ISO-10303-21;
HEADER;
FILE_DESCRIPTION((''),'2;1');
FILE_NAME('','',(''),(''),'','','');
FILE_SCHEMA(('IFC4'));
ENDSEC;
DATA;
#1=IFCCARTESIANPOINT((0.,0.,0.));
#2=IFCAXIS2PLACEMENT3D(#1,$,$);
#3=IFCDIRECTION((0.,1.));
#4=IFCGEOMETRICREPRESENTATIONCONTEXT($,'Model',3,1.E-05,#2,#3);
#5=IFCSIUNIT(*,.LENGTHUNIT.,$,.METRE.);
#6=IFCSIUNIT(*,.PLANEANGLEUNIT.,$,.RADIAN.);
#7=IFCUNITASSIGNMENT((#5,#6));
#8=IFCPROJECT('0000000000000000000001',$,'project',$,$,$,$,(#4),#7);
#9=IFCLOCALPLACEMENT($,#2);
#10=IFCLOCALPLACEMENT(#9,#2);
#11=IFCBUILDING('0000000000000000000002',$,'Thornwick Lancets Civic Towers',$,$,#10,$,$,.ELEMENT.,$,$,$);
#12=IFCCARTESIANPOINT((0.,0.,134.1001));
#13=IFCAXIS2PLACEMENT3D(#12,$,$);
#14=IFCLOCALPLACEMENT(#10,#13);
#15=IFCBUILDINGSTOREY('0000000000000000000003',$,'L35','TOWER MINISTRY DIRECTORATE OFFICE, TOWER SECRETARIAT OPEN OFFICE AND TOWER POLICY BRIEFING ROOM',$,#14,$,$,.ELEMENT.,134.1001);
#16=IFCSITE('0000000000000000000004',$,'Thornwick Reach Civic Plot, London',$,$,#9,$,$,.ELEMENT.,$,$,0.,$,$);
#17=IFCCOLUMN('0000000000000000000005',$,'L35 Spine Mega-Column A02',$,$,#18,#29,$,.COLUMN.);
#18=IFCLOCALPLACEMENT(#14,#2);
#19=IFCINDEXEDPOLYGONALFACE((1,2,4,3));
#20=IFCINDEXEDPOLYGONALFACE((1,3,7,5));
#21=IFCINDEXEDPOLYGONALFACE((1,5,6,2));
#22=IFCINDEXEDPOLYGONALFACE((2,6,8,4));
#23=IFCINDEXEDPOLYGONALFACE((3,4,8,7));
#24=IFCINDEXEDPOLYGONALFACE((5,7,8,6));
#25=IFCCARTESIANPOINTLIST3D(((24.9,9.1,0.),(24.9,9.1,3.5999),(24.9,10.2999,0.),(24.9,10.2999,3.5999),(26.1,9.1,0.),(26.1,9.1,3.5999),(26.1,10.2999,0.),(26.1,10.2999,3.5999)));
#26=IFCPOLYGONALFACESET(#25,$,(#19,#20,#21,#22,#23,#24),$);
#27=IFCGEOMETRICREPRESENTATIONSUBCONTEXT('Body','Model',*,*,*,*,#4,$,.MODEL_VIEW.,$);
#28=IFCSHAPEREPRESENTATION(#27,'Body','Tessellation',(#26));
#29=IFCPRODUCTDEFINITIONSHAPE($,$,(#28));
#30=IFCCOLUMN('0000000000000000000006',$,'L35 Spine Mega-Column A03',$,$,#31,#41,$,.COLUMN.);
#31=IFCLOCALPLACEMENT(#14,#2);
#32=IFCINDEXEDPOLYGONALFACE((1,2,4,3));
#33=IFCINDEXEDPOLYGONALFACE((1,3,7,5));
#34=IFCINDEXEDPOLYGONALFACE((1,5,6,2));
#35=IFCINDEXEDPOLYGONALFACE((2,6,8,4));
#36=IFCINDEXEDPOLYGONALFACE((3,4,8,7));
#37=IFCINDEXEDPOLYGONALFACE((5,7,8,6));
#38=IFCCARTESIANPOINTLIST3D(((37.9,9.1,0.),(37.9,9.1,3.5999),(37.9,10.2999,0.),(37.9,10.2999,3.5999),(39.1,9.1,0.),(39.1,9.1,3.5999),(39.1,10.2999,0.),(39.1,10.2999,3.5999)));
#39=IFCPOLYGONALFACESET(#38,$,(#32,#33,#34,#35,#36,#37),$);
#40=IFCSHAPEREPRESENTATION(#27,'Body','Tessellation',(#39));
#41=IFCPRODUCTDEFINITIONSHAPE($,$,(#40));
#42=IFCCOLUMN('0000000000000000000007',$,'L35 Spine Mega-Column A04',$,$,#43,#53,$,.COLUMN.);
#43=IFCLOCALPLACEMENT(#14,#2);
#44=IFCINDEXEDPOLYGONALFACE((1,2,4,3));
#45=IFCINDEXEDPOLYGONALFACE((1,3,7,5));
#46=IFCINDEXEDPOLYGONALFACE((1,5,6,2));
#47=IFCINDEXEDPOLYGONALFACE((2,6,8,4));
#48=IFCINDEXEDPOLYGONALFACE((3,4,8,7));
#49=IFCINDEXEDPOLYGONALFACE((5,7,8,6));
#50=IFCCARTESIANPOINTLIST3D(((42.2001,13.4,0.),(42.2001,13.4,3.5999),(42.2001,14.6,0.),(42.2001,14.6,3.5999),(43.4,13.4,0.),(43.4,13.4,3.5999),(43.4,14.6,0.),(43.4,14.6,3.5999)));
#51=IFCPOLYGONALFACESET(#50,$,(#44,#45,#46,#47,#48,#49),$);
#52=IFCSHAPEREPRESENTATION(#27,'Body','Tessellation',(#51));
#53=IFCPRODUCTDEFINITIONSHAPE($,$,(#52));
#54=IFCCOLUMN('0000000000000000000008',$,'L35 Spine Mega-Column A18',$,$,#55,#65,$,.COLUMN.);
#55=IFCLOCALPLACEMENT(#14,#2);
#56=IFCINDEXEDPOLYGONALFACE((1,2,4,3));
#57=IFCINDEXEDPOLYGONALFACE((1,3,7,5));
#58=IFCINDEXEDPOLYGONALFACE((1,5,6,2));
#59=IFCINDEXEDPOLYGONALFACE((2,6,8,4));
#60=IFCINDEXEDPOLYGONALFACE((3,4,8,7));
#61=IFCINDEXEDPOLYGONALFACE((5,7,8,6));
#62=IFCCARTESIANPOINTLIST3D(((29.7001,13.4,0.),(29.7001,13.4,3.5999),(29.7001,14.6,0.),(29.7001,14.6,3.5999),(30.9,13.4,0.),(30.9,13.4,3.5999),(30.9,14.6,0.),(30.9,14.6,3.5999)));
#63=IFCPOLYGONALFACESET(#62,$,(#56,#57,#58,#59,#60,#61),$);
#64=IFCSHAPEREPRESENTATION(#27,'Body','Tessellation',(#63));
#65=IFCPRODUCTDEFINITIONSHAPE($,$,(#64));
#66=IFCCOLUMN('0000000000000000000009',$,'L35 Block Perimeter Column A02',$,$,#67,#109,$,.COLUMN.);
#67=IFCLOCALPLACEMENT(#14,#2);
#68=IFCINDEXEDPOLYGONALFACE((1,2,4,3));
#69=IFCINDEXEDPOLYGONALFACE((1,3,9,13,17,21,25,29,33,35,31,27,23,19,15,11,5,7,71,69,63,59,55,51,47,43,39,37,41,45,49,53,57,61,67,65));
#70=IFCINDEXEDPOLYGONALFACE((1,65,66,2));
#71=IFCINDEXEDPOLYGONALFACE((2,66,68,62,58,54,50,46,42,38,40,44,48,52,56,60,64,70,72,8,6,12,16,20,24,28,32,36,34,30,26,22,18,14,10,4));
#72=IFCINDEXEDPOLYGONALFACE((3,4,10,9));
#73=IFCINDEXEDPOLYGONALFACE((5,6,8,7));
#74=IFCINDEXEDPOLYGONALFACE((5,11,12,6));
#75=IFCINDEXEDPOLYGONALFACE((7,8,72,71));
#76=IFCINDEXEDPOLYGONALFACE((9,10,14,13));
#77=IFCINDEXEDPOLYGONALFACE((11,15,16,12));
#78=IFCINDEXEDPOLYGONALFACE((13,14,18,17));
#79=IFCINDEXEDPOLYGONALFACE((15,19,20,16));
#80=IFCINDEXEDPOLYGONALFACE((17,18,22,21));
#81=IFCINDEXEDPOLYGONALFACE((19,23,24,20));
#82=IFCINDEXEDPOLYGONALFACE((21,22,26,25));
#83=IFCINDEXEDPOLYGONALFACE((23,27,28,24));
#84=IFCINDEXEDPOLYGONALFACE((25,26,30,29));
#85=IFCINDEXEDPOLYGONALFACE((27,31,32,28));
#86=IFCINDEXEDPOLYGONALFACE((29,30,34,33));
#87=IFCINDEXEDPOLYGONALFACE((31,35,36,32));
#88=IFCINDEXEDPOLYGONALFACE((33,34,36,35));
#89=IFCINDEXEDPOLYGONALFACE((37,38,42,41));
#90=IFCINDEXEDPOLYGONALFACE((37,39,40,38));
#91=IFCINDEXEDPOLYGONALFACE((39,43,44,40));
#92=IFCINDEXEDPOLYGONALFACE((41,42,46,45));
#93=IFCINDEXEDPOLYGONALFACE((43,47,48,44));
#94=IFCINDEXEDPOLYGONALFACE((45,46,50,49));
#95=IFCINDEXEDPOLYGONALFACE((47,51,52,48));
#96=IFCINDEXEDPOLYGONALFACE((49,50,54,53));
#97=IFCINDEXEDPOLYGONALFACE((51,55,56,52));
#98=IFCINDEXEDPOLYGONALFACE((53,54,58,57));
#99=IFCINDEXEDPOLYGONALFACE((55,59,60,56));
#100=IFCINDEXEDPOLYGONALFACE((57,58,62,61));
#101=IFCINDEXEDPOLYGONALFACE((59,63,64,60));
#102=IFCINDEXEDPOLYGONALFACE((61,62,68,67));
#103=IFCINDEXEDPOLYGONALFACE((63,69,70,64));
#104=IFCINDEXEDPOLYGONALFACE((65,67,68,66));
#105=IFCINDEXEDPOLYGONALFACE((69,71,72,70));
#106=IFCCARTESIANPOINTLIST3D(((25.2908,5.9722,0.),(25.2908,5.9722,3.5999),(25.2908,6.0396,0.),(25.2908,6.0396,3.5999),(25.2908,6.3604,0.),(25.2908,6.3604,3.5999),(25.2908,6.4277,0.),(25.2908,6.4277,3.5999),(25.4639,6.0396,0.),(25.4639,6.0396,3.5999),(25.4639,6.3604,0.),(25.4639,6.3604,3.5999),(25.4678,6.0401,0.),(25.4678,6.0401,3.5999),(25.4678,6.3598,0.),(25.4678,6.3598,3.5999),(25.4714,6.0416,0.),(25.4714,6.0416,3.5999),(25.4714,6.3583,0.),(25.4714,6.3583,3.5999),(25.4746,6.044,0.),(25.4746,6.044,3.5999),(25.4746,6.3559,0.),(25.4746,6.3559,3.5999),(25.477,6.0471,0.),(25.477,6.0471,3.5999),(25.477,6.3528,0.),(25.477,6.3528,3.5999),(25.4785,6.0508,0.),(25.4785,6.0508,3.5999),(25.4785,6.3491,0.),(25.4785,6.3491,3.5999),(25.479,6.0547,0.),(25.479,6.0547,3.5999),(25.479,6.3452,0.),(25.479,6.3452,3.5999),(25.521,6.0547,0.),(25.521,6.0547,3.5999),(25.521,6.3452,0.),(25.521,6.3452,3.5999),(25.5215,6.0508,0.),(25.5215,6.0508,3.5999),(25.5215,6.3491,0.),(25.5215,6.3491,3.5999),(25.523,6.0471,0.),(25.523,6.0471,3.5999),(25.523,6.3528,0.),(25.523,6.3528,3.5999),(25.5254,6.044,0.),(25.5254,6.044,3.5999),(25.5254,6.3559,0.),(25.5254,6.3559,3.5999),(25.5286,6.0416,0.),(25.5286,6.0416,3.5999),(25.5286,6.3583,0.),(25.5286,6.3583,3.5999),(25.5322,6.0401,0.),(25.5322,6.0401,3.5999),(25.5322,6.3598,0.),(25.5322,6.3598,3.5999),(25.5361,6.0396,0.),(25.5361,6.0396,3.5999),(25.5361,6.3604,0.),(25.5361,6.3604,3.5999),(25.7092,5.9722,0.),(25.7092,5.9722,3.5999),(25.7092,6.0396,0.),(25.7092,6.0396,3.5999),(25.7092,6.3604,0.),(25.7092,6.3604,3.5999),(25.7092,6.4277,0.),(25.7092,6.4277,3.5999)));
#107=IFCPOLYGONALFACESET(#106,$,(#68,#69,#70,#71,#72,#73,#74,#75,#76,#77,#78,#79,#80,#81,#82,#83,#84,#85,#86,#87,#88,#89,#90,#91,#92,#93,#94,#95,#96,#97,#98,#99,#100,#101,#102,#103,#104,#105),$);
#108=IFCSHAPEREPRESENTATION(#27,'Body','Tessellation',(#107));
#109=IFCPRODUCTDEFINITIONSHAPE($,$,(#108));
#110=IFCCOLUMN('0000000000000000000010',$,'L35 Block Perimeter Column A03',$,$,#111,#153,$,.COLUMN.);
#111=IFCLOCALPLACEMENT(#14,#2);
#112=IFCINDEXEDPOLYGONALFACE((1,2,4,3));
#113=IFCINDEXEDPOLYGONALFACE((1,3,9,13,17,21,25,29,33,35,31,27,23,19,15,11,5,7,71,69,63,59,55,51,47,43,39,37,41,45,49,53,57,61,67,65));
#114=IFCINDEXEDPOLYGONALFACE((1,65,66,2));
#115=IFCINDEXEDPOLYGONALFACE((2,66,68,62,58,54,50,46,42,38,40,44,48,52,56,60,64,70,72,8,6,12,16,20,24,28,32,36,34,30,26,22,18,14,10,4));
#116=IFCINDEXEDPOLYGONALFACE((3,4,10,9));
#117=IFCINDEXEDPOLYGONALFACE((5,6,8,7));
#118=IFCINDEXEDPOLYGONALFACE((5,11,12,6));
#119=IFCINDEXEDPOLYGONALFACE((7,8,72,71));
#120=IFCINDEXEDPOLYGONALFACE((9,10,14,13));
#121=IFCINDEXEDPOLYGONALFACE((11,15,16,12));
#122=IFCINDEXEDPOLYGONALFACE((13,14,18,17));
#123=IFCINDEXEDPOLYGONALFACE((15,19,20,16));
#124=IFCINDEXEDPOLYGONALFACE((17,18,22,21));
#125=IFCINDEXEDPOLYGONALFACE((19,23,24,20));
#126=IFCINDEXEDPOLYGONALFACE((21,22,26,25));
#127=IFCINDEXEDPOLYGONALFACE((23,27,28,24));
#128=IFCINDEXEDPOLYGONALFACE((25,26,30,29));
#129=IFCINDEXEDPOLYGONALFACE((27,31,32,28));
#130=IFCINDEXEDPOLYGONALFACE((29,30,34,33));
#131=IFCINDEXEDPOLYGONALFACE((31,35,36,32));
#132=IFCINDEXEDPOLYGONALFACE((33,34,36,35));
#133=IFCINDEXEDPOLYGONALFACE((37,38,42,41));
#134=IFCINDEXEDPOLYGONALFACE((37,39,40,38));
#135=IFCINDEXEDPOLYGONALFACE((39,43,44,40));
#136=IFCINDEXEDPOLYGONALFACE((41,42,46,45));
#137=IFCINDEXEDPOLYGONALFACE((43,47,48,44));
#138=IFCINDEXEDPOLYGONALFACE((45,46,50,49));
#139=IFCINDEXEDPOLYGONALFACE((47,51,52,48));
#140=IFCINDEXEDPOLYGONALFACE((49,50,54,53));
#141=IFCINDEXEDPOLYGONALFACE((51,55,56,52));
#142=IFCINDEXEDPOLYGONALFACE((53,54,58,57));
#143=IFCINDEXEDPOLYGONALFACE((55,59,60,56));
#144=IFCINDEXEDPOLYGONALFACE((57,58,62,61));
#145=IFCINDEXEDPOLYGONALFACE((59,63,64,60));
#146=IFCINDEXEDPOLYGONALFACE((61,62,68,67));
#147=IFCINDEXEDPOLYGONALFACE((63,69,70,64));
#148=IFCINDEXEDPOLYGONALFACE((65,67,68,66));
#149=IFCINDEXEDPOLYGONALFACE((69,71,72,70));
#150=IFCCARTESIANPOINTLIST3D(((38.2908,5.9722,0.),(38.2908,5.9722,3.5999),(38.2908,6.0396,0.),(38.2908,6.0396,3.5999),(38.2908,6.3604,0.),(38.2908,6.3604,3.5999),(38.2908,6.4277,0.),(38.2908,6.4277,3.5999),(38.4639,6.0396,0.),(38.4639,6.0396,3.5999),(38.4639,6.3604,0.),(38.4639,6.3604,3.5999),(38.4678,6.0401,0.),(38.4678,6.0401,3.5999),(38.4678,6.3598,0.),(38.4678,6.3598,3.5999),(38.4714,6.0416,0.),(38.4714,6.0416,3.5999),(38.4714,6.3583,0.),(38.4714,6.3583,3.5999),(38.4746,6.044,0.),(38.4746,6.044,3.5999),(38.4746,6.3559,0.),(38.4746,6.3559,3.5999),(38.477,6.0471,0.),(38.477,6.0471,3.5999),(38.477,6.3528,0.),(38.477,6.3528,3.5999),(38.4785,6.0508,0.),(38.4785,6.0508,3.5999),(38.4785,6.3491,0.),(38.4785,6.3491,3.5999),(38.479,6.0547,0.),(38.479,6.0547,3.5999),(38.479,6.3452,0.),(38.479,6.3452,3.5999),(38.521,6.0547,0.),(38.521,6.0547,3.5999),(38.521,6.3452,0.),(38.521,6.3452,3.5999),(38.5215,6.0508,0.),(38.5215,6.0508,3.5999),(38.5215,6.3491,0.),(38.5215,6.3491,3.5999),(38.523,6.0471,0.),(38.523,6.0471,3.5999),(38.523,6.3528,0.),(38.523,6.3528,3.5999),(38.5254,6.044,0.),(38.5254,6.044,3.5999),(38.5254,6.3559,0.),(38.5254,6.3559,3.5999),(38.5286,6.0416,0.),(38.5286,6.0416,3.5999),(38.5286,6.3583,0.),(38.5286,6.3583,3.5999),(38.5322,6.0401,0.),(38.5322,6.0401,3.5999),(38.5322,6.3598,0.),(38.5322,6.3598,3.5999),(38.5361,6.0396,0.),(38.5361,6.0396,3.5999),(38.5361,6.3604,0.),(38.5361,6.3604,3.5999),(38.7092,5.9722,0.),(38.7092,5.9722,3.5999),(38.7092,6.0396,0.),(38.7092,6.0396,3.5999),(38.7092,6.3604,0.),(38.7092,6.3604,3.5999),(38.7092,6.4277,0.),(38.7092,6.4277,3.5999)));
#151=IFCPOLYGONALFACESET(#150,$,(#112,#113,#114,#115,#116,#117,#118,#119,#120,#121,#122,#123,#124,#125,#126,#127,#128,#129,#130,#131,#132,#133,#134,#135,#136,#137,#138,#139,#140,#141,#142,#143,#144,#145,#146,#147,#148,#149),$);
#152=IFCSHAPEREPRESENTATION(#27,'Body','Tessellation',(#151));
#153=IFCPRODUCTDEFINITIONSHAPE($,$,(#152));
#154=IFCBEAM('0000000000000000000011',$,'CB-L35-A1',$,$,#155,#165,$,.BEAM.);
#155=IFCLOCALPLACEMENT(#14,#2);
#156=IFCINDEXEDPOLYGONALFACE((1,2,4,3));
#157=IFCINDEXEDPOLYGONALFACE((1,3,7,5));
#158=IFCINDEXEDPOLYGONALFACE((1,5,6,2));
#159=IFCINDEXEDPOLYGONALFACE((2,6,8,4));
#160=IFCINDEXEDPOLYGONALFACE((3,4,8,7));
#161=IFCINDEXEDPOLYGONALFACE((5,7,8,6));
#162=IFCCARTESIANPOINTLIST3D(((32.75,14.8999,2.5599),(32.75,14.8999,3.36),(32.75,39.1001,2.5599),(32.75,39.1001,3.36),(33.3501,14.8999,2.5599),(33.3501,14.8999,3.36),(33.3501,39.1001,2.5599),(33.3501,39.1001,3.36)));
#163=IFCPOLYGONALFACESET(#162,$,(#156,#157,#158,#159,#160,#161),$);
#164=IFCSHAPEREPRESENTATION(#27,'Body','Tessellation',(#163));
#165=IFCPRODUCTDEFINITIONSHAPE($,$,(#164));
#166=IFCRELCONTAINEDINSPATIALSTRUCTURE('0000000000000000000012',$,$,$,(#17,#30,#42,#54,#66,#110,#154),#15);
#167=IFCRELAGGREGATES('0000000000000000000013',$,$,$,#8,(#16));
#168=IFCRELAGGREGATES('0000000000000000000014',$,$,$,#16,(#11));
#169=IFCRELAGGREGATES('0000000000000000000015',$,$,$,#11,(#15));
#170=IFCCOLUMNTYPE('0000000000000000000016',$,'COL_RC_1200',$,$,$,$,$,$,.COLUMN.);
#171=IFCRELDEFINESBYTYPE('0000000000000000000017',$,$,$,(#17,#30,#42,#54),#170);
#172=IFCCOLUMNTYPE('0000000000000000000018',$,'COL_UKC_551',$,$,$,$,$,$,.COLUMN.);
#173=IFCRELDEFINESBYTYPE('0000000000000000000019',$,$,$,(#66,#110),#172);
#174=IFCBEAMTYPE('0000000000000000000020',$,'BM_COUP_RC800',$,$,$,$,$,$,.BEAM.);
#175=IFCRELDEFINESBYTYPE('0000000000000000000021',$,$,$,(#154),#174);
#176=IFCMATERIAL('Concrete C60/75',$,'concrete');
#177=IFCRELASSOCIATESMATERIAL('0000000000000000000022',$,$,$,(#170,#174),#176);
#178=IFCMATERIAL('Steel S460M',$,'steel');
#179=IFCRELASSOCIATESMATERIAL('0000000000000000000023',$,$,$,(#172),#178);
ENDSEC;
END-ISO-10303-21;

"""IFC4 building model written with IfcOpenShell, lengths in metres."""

from ifc_helpers import new_model, si_unit, direction, frame, origin, origin_2d, place, context, subcontext, project, spatial, rectangle, i_section, extrude, material, material_profile, profile_set, type_object, element, save


model = new_model("IFC4")

# Units and contexts
model_context = context("Model", 3, precision=1e-05, world=origin(), true_north=direction((0.0, 1.0)))
body_context = subcontext(model_context, "Body", "Model", "MODEL_VIEW")
ifc_project = project(units=[si_unit("LENGTHUNIT", "METRE"), si_unit("PLANEANGLEUNIT", "RADIAN")], contexts=[model_context])

# Site, building, storey
site_placement = place(None, origin())
site = spatial("IfcSite", under=ifc_project, at=site_placement, Name="Thornwick Reach Civic Plot, London", CompositionType="ELEMENT", RefElevation=0.0)
building_placement = place(site_placement, origin())
building = spatial("IfcBuilding", under=site, at=building_placement, Name="Thornwick Lancets Civic Towers", CompositionType="ELEMENT")
storey_placement = place(building_placement, frame((0.0, 0.0, 134.1001)))
storey = spatial("IfcBuildingStorey", under=building, at=storey_placement, Name="L35", Description="TOWER MINISTRY DIRECTORATE OFFICE, TOWER SECRETARIAT OPEN OFFICE AND TOWER POLICY BRIEFING ROOM", CompositionType="ELEMENT", Elevation=134.1001)

# Columns
ifc_material_1 = material(Name="Concrete C60/75", Category="concrete")
ifc_material_profile_1 = material_profile(ifc_material_1, rectangle(XDim=1.2, YDim=1.2, at=origin_2d()), Name="RC 1200x1200")
ifc_profile_set_1 = profile_set([ifc_material_profile_1], Name="Concrete C60/75")
column_type_1 = type_object("IfcColumnType", Name="COL_RC_1200", PredefinedType="COLUMN", material=ifc_profile_set_1)
for number, where, z_axis, x_axis, name in (
    (1, (25.5, 9.7, 0.0), (0.0, 0.0, 1.0), (1.0, 0.0, 0.0), "L35 Spine Mega-Column A02"),
    (2, (38.5, 9.7, 0.0), (0.0, 0.0, 1.0), (1.0, 0.0, 0.0), "L35 Spine Mega-Column A03"),
    (3, (42.8, 14.0, 0.0), (0.0, 0.0, 1.0), (1.0, 0.0, 0.0), "L35 Spine Mega-Column A04"),
    (4, (30.3, 14.0, 0.0), (0.0, 0.0, 1.0), (1.0, 0.0, 0.0), "L35 Spine Mega-Column A18"),
):
    element("IfcColumn", number, at=place(storey_placement, frame(where, z_axis=z_axis, x_axis=x_axis)), inside=storey, type_object=column_type_1, Name=name, PredefinedType="COLUMN", context=body_context, shape_type="SweptSolid", body=[
        extrude(rectangle(XDim=1.2, YDim=1.2, at=origin_2d()), origin(), (0.0, 0.0, 1.0), 3.5999),
    ])
ifc_material_2 = material(Name="Steel S460M", Category="steel")
ifc_material_profile_2 = material_profile(ifc_material_2, i_section(OverallWidth=0.4185, OverallDepth=0.4556, WebThickness=0.042, FlangeThickness=0.0674, FilletRadius=0.0151, at=origin_2d()), Name="UKC 356x406x551")
ifc_profile_set_2 = profile_set([ifc_material_profile_2], Name="Steel S460M")
column_type_2 = type_object("IfcColumnType", Name="COL_UKC_551", PredefinedType="COLUMN", material=ifc_profile_set_2)
for number, where, z_axis, x_axis, name in (
    (5, (25.5, 6.2, 0.0), (0.0, 0.0, 1.0), (1.0, 0.0, 0.0), "L35 Block Perimeter Column A02"),
    (6, (38.5, 6.2, 0.0), (0.0, 0.0, 1.0), (1.0, 0.0, 0.0), "L35 Block Perimeter Column A03"),
):
    element("IfcColumn", number, at=place(storey_placement, frame(where, z_axis=z_axis, x_axis=x_axis)), inside=storey, type_object=column_type_2, Name=name, PredefinedType="COLUMN", context=body_context, shape_type="SweptSolid", body=[
        extrude(i_section(OverallWidth=0.4185, OverallDepth=0.4556, WebThickness=0.042, FlangeThickness=0.0674, FilletRadius=0.0151, at=origin_2d()), origin(), (0.0, 0.0, 1.0), 3.5999),
    ])

# Beam
ifc_material_profile_3 = material_profile(ifc_material_1, rectangle(XDim=0.6001, YDim=0.8, at=origin_2d()), Name="RC 600x800")
ifc_profile_set_3 = profile_set([ifc_material_profile_3], Name="Concrete C60/75")
beam_type_1 = type_object("IfcBeamType", Name="BM_COUP_RC800", PredefinedType="BEAM", material=ifc_profile_set_3)
beam_1_placement = place(storey_placement, frame((33.05, 14.8999, 2.96), z_axis=(0.0, 1.0, 0.0), x_axis=(-1.0, 0.0, 0.0)))
element("IfcBeam", 7, at=beam_1_placement, inside=storey, type_object=beam_type_1, Name="CB-L35-A1", PredefinedType="BEAM", context=body_context, shape_type="SweptSolid", body=[
    extrude(rectangle(XDim=0.6001, YDim=0.8, at=origin_2d()), origin(), (0.0, 0.0, 1.0), 24.2002),
])

save(model, "model.ifc")
